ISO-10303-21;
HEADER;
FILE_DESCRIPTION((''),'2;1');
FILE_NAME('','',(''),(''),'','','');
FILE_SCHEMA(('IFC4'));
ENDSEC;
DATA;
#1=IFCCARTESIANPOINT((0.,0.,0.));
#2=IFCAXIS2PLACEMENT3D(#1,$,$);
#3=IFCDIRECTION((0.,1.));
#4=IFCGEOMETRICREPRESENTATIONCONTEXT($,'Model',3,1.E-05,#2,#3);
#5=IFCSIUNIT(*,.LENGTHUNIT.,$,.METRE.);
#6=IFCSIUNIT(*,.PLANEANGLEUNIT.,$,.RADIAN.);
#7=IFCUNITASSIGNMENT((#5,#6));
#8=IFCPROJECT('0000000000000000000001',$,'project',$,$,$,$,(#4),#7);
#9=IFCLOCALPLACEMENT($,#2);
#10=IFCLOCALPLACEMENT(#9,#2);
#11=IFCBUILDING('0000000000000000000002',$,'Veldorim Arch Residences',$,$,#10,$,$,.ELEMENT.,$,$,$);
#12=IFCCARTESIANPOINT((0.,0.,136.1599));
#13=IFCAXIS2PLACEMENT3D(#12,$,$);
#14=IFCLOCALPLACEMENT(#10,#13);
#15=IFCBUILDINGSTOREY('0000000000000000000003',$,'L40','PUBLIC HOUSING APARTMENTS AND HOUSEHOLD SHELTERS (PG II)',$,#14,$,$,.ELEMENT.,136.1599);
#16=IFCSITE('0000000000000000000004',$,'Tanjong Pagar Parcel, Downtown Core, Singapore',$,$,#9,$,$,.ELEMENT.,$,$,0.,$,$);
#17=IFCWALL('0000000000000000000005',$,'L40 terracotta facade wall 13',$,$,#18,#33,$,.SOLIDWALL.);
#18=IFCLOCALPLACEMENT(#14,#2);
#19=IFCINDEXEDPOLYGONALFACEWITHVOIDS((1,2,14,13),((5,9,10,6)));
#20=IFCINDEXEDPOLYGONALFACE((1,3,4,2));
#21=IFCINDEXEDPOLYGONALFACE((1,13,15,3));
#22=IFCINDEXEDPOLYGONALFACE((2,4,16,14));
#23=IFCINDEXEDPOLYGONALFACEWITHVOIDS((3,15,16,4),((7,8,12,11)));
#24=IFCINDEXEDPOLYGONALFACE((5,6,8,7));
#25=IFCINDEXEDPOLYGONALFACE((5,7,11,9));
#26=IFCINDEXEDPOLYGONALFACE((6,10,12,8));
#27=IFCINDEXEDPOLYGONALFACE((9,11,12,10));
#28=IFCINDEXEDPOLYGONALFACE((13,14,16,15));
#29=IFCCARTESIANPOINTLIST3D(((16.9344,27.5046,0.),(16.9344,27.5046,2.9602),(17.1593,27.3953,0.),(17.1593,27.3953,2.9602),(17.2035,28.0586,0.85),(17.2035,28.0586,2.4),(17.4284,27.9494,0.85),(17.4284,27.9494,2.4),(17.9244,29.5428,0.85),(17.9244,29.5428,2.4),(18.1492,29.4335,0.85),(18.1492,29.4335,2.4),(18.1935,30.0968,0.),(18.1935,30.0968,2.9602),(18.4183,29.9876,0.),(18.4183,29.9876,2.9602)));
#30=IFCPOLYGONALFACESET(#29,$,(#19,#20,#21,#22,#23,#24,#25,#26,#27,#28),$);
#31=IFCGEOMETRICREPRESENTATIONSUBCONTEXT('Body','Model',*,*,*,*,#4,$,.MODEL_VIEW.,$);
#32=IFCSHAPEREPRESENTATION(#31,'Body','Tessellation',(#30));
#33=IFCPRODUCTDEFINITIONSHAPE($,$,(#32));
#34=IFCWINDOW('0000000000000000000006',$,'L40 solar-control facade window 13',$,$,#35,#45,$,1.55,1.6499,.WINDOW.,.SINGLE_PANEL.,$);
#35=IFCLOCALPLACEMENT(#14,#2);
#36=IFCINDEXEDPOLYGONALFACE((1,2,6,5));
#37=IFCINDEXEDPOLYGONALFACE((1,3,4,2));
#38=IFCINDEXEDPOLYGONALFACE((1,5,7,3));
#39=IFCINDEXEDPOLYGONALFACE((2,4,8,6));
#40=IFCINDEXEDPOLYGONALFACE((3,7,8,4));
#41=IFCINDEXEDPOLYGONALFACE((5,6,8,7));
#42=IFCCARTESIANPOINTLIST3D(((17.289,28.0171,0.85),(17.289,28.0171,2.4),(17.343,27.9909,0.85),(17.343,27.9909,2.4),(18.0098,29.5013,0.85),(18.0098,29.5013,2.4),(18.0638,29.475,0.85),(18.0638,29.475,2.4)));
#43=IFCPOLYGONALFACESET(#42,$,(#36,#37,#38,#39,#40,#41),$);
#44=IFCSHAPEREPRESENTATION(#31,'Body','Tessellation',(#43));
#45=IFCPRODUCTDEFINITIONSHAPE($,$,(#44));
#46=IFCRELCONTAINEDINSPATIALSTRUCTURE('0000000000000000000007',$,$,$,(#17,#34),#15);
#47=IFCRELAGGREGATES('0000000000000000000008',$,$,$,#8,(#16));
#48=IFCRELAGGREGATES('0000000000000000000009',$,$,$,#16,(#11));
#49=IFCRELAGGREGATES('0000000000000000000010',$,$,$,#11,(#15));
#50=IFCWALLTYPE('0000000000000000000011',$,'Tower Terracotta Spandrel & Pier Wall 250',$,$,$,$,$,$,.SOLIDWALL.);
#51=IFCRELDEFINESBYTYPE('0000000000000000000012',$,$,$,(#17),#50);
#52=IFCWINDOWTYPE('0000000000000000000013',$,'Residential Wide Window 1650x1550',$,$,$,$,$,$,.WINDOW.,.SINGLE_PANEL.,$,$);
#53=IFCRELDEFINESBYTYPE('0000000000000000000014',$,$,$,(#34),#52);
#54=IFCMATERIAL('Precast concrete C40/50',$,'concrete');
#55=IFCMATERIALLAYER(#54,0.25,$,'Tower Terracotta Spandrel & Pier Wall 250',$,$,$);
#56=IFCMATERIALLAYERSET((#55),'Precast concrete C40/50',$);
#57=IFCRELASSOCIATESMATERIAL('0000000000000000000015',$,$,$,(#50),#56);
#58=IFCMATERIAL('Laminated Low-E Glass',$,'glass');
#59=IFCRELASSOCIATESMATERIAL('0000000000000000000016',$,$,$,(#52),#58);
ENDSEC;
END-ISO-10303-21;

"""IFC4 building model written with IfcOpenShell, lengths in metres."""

from ifc_helpers import new_model, si_unit, direction, frame, frame_2d, origin, place, context, subcontext, project, spatial, rectangle, extrude, material, layer, layer_set, type_object, element, fill, save


model = new_model("IFC4")

# Units and contexts
model_context = context("Model", 3, precision=1e-05, world=origin(), true_north=direction((0.0, 1.0)))
body_context = subcontext(model_context, "Body", "Model", "MODEL_VIEW")
ifc_project = project(units=[si_unit("LENGTHUNIT", "METRE"), si_unit("PLANEANGLEUNIT", "RADIAN")], contexts=[model_context])

# Site, building, storey
site_placement = place(None, origin())
site = spatial("IfcSite", under=ifc_project, at=site_placement, Name="Tanjong Pagar Parcel, Downtown Core, Singapore", CompositionType="ELEMENT", RefElevation=0.0)
building_placement = place(site_placement, origin())
building = spatial("IfcBuilding", under=site, at=building_placement, Name="Veldorim Arch Residences", CompositionType="ELEMENT")
storey_placement = place(building_placement, frame((0.0, 0.0, 136.1599)))
storey = spatial("IfcBuildingStorey", under=building, at=storey_placement, Name="L40", Description="PUBLIC HOUSING APARTMENTS AND HOUSEHOLD SHELTERS (PG II)", CompositionType="ELEMENT", Elevation=136.1599)

# Shared definitions
ifc_material_1 = material(Name="Precast concrete C40/50", Category="concrete")
ifc_layer_1 = layer(ifc_material_1, 0.25, Name="Tower Terracotta Spandrel & Pier Wall 250")
ifc_layer_set_1 = layer_set([ifc_layer_1], Name="Precast concrete C40/50")
wall_type_1 = type_object("IfcWallType", Name="Tower Terracotta Spandrel & Pier Wall 250", PredefinedType="SOLIDWALL", material=ifc_layer_set_1)

# Shared definitions
ifc_material_2 = material(Name="Laminated Low-E Glass", Category="glass")
window_type = type_object("IfcWindowType", Name="Residential Wide Window 1650x1550", PartitioningType="SINGLE_PANEL", PredefinedType="WINDOW", material=ifc_material_2)

# Wall, opening, window
wall_1_placement = place(storey_placement, frame((17.0469, 27.45, 0.0), z_axis=(0.0, 0.0, 1.0), x_axis=(0.436882, 0.899519, 0.0)))
wall_1 = element("IfcWall", 1, at=wall_1_placement, inside=storey, type_object=wall_type_1, Name="L40 terracotta facade wall 13", PredefinedType="SOLIDWALL", context=body_context, shape_type="SweptSolid", body=[
    extrude(rectangle(XDim=2.8818, YDim=0.25, at=frame_2d((1.4409, 0.0))), origin(), (0.0, 0.0, 1.0), 2.9602),
])
opening_1_placement = place(wall_1_placement, frame((0.616, 0.0, 0.8501)))
opening_1 = element("IfcOpeningElement", 2, at=opening_1_placement, cuts=wall_1, PredefinedType="OPENING", context=body_context, shape_type="SweptSolid", body=[
    extrude(rectangle(XDim=1.6499, YDim=1.55, at=frame_2d((0.825, 0.7749))), frame((0.0, 0.135, 0.0), z_axis=(0.0, -1.0, 0.0), x_axis=(1.0, 0.0, 0.0)), (0.0, 0.0, 1.0), 0.27),
])
window_1_placement = place(opening_1_placement, origin())
window_1 = element("IfcWindow", 3, at=window_1_placement, inside=storey, type_object=window_type, Name="L40 solar-control facade window 13", OverallHeight=1.55, OverallWidth=1.6499, PartitioningType="SINGLE_PANEL", PredefinedType="WINDOW", context=body_context, shape_type="SweptSolid", body=[
    extrude(rectangle(XDim=1.6499, YDim=1.55, at=frame_2d((0.825, 0.7749))), frame((0.0, 0.03, 0.0), z_axis=(0.0, -1.0, 0.0), x_axis=(1.0, 0.0, 0.0)), (0.0, 0.0, 1.0), 0.0601),
])
fill(opening_1, window_1)

save(model, "model.ifc")
